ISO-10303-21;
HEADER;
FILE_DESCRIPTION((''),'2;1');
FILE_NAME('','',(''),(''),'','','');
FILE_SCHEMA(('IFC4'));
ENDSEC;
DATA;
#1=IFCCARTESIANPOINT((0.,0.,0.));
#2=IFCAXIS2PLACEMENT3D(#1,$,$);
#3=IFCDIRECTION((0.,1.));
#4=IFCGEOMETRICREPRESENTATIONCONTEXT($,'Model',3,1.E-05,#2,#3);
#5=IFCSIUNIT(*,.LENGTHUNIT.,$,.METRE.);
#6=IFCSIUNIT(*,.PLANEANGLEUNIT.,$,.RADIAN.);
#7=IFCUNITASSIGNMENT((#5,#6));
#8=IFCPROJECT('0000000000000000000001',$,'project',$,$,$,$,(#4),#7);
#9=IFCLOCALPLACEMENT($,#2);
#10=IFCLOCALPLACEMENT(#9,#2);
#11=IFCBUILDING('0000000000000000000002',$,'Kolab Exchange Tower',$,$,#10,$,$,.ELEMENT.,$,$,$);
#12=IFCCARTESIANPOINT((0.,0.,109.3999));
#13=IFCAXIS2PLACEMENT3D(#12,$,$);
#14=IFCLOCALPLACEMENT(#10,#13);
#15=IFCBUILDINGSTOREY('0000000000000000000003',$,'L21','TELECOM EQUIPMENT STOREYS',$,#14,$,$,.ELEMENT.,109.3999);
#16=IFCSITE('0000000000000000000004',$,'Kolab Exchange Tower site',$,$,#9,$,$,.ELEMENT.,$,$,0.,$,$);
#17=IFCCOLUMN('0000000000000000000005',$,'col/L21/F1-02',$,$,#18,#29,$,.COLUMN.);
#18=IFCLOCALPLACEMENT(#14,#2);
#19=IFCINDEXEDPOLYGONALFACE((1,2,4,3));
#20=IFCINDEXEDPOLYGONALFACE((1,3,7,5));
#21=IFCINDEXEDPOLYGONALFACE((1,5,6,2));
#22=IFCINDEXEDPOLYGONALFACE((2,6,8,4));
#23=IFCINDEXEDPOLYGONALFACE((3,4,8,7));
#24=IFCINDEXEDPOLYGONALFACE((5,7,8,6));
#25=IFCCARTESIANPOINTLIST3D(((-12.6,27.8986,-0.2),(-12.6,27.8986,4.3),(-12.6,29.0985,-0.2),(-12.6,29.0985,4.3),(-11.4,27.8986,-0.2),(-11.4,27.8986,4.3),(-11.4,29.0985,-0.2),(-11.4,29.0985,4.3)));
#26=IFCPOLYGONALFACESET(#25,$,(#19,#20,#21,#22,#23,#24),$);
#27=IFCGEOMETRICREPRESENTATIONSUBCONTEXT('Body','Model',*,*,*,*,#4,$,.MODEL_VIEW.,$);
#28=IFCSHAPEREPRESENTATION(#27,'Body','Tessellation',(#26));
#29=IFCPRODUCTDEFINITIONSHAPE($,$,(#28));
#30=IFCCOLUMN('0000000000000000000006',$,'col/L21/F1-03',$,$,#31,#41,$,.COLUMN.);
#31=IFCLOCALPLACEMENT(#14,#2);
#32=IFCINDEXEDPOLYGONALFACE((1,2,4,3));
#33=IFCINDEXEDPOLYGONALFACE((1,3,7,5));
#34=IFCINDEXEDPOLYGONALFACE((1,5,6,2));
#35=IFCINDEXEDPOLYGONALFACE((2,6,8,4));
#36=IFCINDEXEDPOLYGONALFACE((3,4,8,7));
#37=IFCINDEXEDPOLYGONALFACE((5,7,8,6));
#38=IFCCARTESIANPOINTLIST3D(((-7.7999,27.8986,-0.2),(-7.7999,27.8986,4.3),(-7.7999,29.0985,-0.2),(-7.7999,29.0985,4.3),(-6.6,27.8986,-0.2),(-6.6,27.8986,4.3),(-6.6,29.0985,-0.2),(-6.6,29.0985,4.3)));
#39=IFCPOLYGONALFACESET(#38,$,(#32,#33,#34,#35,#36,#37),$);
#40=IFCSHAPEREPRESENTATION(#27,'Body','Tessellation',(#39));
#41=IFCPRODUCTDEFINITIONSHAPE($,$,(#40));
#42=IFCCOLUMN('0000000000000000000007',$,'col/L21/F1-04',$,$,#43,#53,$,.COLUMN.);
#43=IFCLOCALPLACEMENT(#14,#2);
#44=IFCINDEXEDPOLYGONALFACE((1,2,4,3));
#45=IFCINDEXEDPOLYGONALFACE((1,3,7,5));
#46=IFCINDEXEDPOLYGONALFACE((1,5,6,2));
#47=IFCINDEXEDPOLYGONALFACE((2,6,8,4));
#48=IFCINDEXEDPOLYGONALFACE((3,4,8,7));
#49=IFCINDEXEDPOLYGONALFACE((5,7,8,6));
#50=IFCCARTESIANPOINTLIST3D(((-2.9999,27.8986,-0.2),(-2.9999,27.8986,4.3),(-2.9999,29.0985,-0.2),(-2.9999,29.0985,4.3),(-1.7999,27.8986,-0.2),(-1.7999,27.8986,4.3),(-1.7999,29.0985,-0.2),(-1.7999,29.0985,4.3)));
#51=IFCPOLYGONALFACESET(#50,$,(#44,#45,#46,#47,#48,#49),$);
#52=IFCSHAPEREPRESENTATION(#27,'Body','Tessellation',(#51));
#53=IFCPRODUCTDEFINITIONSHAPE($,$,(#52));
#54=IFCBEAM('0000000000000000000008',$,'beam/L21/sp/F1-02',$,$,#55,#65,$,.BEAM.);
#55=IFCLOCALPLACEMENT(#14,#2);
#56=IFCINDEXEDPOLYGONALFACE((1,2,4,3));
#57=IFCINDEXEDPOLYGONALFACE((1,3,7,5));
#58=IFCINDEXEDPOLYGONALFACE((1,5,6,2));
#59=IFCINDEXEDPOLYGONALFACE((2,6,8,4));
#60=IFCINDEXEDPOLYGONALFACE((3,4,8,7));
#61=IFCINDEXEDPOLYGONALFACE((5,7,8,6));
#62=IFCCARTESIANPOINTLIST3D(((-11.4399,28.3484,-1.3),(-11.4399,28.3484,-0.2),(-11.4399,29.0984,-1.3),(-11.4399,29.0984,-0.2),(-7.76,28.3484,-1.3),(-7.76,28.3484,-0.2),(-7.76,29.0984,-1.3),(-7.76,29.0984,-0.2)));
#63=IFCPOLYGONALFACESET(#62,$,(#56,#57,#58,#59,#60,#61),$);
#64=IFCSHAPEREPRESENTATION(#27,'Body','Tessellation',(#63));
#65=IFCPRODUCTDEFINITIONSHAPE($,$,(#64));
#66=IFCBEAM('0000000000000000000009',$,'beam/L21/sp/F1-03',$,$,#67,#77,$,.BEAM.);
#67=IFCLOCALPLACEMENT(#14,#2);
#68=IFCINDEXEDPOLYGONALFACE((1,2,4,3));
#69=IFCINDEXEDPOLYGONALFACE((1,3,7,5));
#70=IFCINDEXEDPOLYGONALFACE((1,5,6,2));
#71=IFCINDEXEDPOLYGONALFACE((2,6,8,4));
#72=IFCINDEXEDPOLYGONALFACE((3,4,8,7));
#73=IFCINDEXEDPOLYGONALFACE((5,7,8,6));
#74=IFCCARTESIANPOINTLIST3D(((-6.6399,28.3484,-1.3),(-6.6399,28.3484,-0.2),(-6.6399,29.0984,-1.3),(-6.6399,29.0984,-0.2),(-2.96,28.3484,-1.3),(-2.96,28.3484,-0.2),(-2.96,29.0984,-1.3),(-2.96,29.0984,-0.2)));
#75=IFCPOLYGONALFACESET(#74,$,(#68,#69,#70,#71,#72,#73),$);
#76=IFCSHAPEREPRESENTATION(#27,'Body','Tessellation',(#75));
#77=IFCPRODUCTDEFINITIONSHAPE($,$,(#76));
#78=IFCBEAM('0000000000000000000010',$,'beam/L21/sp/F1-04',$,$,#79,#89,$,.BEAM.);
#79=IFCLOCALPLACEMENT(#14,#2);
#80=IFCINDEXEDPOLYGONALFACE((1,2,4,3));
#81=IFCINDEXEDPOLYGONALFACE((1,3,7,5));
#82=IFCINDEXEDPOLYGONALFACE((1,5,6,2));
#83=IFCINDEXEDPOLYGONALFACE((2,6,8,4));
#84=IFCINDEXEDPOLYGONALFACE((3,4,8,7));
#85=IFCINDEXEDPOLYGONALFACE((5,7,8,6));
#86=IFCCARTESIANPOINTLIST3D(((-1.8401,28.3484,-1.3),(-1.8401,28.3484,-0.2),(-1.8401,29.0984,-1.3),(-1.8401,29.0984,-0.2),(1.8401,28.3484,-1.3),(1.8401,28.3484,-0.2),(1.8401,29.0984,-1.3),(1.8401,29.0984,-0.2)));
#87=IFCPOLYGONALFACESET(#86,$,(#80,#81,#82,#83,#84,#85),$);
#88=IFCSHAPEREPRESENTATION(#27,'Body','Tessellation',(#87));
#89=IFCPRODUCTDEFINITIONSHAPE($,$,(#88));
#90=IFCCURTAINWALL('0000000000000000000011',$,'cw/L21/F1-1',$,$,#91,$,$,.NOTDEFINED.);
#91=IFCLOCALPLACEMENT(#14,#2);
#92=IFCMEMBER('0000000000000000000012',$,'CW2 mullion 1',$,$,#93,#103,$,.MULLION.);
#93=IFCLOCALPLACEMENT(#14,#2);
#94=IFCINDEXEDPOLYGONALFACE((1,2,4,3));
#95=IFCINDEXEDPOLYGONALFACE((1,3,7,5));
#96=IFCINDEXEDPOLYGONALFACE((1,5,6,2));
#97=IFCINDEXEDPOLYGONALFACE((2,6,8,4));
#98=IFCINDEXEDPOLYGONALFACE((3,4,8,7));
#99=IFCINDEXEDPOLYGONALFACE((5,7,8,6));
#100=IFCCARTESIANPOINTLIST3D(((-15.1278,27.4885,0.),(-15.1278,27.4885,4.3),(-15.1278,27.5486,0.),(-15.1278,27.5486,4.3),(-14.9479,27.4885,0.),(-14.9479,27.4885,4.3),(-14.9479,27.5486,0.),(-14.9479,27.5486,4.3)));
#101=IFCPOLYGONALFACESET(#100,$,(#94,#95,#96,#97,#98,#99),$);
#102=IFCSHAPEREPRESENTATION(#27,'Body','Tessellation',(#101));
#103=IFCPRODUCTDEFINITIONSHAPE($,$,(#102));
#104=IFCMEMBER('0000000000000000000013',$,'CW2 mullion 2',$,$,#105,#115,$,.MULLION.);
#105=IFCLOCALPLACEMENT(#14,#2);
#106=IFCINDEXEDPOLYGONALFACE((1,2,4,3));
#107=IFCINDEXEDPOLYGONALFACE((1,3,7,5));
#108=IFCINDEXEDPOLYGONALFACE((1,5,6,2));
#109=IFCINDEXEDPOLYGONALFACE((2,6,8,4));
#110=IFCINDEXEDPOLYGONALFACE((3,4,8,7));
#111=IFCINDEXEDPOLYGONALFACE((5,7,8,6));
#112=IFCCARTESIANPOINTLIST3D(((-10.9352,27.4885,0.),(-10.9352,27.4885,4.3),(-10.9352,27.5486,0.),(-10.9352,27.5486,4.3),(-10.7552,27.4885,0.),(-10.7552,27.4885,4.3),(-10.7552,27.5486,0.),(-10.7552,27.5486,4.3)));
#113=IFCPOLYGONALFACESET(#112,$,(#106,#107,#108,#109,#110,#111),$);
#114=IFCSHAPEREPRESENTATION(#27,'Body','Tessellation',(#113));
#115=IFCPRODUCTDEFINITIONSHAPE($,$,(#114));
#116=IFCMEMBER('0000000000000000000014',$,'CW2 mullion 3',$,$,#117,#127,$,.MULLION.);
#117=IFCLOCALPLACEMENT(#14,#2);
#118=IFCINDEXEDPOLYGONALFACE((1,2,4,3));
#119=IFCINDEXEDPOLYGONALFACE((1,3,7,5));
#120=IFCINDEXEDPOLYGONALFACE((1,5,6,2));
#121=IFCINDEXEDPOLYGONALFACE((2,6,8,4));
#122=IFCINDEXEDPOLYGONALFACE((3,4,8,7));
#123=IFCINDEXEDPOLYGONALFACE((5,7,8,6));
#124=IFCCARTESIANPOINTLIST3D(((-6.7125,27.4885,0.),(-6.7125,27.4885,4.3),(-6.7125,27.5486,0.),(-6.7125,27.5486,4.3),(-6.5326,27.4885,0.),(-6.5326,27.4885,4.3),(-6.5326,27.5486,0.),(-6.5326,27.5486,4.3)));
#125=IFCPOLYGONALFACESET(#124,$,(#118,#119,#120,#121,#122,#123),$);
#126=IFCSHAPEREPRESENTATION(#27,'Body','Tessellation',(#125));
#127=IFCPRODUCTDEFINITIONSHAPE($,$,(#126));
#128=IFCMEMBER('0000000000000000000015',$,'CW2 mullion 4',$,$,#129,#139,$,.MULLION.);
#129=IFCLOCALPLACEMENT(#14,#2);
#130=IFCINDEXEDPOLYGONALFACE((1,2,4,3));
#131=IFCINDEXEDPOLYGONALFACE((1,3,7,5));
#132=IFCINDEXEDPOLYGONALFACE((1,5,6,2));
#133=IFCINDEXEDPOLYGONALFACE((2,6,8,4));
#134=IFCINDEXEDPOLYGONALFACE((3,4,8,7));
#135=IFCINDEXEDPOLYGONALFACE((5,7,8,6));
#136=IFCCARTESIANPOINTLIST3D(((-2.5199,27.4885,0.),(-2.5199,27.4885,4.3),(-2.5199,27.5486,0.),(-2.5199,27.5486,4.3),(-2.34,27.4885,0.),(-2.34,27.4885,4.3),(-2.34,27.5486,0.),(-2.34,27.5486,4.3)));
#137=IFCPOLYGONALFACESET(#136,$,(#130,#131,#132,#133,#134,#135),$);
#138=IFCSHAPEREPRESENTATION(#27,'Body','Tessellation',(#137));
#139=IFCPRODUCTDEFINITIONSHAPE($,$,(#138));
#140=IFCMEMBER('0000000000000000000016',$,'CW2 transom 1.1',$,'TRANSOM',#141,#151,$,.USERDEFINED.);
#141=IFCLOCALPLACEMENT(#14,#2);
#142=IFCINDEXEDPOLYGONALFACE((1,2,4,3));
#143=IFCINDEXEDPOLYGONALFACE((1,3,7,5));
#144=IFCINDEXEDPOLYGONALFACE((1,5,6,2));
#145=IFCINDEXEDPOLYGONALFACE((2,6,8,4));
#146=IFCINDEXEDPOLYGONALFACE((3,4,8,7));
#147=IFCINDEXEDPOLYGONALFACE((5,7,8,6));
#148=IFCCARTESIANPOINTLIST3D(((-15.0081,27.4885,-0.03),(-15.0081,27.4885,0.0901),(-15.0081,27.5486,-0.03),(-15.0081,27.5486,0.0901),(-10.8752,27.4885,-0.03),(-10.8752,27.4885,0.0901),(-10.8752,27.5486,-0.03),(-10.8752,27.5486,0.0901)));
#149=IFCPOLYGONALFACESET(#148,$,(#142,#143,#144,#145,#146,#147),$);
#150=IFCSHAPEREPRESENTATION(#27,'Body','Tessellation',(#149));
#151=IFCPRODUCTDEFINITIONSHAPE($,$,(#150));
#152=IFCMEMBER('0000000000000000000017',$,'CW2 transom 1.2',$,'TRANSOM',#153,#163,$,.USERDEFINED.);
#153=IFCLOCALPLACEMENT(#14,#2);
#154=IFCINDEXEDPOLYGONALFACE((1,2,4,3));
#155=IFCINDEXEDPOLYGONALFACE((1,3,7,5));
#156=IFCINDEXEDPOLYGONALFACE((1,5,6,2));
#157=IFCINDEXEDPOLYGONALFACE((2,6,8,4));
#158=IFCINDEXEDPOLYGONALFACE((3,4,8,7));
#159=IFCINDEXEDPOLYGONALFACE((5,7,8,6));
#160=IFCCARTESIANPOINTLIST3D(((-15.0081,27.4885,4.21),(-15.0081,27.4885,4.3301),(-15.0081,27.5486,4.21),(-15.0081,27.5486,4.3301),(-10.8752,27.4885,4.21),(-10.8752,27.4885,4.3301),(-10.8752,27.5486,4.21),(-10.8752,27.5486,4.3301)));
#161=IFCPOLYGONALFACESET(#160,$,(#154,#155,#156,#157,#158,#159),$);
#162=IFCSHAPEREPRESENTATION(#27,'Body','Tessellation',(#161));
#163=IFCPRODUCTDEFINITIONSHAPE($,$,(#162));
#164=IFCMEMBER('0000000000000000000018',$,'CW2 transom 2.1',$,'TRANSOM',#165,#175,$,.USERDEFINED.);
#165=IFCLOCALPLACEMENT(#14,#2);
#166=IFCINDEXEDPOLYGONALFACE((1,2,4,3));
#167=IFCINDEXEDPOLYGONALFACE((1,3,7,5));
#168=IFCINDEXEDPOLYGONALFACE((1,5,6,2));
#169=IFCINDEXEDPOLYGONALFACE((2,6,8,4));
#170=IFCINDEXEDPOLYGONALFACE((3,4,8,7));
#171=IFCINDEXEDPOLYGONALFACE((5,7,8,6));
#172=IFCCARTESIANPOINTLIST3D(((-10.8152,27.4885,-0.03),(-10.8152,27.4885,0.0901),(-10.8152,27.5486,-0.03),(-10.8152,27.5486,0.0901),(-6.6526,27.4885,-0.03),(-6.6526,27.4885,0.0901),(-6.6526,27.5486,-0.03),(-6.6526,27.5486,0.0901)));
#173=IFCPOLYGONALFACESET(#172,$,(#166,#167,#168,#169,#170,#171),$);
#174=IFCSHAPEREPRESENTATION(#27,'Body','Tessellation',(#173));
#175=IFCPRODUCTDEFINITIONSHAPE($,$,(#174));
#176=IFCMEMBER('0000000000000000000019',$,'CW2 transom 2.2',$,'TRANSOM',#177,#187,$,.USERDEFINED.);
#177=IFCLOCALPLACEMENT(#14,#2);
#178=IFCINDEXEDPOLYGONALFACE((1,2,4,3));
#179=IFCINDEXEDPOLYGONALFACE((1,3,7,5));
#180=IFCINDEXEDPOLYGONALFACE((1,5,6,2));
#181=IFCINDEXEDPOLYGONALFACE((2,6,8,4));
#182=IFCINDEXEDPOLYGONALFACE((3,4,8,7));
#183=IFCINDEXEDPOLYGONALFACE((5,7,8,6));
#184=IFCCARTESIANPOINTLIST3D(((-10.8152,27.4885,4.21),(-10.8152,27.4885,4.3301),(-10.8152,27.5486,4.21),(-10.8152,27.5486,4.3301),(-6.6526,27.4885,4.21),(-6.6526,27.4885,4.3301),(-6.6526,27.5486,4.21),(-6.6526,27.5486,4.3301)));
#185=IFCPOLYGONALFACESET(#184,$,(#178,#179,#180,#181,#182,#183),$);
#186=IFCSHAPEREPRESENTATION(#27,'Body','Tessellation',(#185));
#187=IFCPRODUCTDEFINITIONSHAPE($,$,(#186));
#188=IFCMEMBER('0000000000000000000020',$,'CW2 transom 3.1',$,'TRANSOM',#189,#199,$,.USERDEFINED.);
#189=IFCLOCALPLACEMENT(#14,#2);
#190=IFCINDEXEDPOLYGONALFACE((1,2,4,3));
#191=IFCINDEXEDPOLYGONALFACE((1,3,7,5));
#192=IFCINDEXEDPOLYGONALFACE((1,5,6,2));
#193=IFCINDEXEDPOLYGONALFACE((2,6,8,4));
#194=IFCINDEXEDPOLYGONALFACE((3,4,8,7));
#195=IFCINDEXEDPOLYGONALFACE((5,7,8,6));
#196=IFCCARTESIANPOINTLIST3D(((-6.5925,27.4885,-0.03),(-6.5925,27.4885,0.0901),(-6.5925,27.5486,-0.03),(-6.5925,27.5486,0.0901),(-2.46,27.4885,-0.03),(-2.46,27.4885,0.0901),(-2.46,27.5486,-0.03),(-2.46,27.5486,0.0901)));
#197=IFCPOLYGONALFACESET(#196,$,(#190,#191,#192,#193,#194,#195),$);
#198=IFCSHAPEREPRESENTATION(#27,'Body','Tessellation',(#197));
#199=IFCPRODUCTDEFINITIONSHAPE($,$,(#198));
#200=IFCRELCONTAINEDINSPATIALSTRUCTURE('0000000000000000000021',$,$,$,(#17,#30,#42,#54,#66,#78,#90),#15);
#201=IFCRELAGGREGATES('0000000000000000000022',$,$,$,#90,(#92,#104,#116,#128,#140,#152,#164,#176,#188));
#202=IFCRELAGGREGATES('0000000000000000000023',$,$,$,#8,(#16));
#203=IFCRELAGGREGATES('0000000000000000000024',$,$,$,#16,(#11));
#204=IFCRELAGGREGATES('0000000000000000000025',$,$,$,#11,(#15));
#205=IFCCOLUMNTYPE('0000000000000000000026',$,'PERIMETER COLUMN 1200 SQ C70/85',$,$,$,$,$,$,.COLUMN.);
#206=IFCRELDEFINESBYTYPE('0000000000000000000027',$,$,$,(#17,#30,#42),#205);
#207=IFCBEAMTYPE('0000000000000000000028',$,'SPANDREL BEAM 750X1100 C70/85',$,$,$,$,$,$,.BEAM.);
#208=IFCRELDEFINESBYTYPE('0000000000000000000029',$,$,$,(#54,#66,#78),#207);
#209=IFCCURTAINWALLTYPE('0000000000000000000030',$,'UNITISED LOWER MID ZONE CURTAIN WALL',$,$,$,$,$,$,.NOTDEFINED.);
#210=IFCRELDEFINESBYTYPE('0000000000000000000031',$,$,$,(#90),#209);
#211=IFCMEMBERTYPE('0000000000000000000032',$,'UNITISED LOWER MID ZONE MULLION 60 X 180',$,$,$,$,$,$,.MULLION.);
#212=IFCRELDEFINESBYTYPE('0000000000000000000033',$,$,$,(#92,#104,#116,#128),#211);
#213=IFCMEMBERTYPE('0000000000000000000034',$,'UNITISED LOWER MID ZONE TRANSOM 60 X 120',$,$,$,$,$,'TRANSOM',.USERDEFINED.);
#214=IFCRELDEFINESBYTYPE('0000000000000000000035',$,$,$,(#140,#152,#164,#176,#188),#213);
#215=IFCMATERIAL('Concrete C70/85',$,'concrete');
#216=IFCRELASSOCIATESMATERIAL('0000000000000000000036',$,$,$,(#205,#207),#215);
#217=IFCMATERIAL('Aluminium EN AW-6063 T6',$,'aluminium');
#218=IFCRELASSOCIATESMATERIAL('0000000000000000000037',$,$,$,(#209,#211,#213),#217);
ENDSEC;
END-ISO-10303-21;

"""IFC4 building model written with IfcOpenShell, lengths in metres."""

from ifc_helpers import new_model, si_unit, direction, frame, origin, origin_2d, place, context, subcontext, project, spatial, rectangle, extrude, material, material_profile, profile_set, type_object, element, aggregate, save


model = new_model("IFC4")

# Units and contexts
model_context = context("Model", 3, precision=1e-05, world=origin(), true_north=direction((0.0, 1.0)))
body_context = subcontext(model_context, "Body", "Model", "MODEL_VIEW")
ifc_project = project(units=[si_unit("LENGTHUNIT", "METRE"), si_unit("PLANEANGLEUNIT", "RADIAN")], contexts=[model_context])

# Site, building, storey
site_placement = place(None, origin())
site = spatial("IfcSite", under=ifc_project, at=site_placement, Name="Kolab Exchange Tower site", CompositionType="ELEMENT", RefElevation=0.0)
building_placement = place(site_placement, origin())
building = spatial("IfcBuilding", under=site, at=building_placement, Name="Kolab Exchange Tower", CompositionType="ELEMENT")
storey_placement = place(building_placement, frame((0.0, 0.0, 109.3999)))
storey = spatial("IfcBuildingStorey", under=building, at=storey_placement, Name="L21", Description="TELECOM EQUIPMENT STOREYS", CompositionType="ELEMENT", Elevation=109.3999)

# Columns
ifc_material_1 = material(Name="Concrete C70/85", Category="concrete")
ifc_material_profile_1 = material_profile(ifc_material_1, rectangle(XDim=1.2, YDim=1.2, at=origin_2d()), Name="RC1200")
ifc_profile_set_1 = profile_set([ifc_material_profile_1], Name="Concrete C70/85")
column_type = type_object("IfcColumnType", Name="PERIMETER COLUMN 1200 SQ C70/85", PredefinedType="COLUMN", material=ifc_profile_set_1)
for number, where, z_axis, x_axis, name in (
    (1, (-12.0, 28.4985, -0.2), (0.0, 0.0, 1.0), (1.0, 0.0, 0.0), "col/L21/F1-02"),
    (2, (-7.2, 28.4985, -0.2), (0.0, 0.0, 1.0), (1.0, 0.0, 0.0), "col/L21/F1-03"),
    (3, (-2.3999, 28.4985, -0.2), (0.0, 0.0, 1.0), (1.0, 0.0, 0.0), "col/L21/F1-04"),
):
    element("IfcColumn", number, at=place(storey_placement, frame(where, z_axis=z_axis, x_axis=x_axis)), inside=storey, type_object=column_type, Name=name, PredefinedType="COLUMN", context=body_context, shape_type="SweptSolid", body=[
        extrude(rectangle(XDim=1.2, YDim=1.2, at=origin_2d()), origin(), (0.0, 0.0, 1.0), 4.5),
    ])

# Beams
ifc_material_profile_2 = material_profile(ifc_material_1, rectangle(XDim=0.75, YDim=1.1001, at=origin_2d()), Name="RC750X1100")
ifc_profile_set_2 = profile_set([ifc_material_profile_2], Name="Concrete C70/85")
beam_type = type_object("IfcBeamType", Name="SPANDREL BEAM 750X1100 C70/85", PredefinedType="BEAM", material=ifc_profile_set_2)
for number, where, z_axis, x_axis, name in (
    (4, (-11.4399, 28.7234, -0.75), (1.0, 0.0, 0.0), (0.0, 1.0, 0.0), "beam/L21/sp/F1-02"),
    (5, (-6.6399, 28.7234, -0.75), (1.0, 0.0, 0.0), (0.0, 1.0, 0.0), "beam/L21/sp/F1-03"),
):
    element("IfcBeam", number, at=place(storey_placement, frame(where, z_axis=z_axis, x_axis=x_axis)), inside=storey, type_object=beam_type, Name=name, PredefinedType="BEAM", context=body_context, shape_type="SweptSolid", body=[
        extrude(rectangle(XDim=0.75, YDim=1.1001, at=origin_2d()), origin(), (0.0, 0.0, 1.0), 3.6799),
    ])
beam_placement = place(storey_placement, frame((-1.8401, 28.7234, -0.75), z_axis=(1.0, 0.0, 0.0), x_axis=(0.0, 1.0, 0.0)))
element("IfcBeam", 6, at=beam_placement, inside=storey, type_object=beam_type, Name="beam/L21/sp/F1-04", PredefinedType="BEAM", context=body_context, shape_type="SweptSolid", body=[
    extrude(rectangle(XDim=0.75, YDim=1.1001, at=origin_2d()), origin(), (0.0, 0.0, 1.0), 3.6802),
])

# Curtain wall, members
ifc_material_2 = material(Name="Aluminium EN AW-6063 T6", Category="aluminium")
curtain_wall_type = type_object("IfcCurtainWallType", Name="UNITISED LOWER MID ZONE CURTAIN WALL", PredefinedType="NOTDEFINED", material=ifc_material_2)
curtain_wall_placement = place(storey_placement, origin())
curtain_wall = element("IfcCurtainWall", 7, at=curtain_wall_placement, inside=storey, type_object=curtain_wall_type, Name="cw/L21/F1-1", PredefinedType="NOTDEFINED")
ifc_material_profile_3 = material_profile(ifc_material_2, rectangle(XDim=0.0601, YDim=0.1799, at=origin_2d()), Name="RECT 60X180")
ifc_profile_set_3 = profile_set([ifc_material_profile_3], Name="Aluminium EN AW-6063 T6")
member_type_1 = type_object("IfcMemberType", Name="UNITISED LOWER MID ZONE MULLION 60 X 180", PredefinedType="MULLION", material=ifc_profile_set_3)
member_1_placement = place(storey_placement, frame((-15.0378, 27.5186, 0.0), z_axis=(0.0, 0.0, 1.0), x_axis=(0.0, 1.0, 0.0)))
member_1 = element("IfcMember", 8, at=member_1_placement, type_object=member_type_1, Name="CW2 mullion 1", PredefinedType="MULLION", context=body_context, shape_type="SweptSolid", body=[
    extrude(rectangle(XDim=0.0601, YDim=0.1799, at=origin_2d()), origin(), (0.0, 0.0, 1.0), 4.3),
])
member_2_placement = place(storey_placement, frame((-10.8452, 27.5186, 0.0), z_axis=(0.0, 0.0, 1.0), x_axis=(0.0, 1.0, 0.0)))
member_2 = element("IfcMember", 9, at=member_2_placement, type_object=member_type_1, Name="CW2 mullion 2", PredefinedType="MULLION", context=body_context, shape_type="SweptSolid", body=[
    extrude(rectangle(XDim=0.0601, YDim=0.1799, at=origin_2d()), origin(), (0.0, 0.0, 1.0), 4.3),
])
member_3_placement = place(storey_placement, frame((-6.6226, 27.5186, 0.0), z_axis=(0.0, 0.0, 1.0), x_axis=(0.0, 1.0, 0.0)))
member_3 = element("IfcMember", 10, at=member_3_placement, type_object=member_type_1, Name="CW2 mullion 3", PredefinedType="MULLION", context=body_context, shape_type="SweptSolid", body=[
    extrude(rectangle(XDim=0.0601, YDim=0.1799, at=origin_2d()), origin(), (0.0, 0.0, 1.0), 4.3),
])
member_4_placement = place(storey_placement, frame((-2.4299, 27.5186, 0.0), z_axis=(0.0, 0.0, 1.0), x_axis=(0.0, 1.0, 0.0)))
member_4 = element("IfcMember", 11, at=member_4_placement, type_object=member_type_1, Name="CW2 mullion 4", PredefinedType="MULLION", context=body_context, shape_type="SweptSolid", body=[
    extrude(rectangle(XDim=0.0601, YDim=0.1799, at=origin_2d()), origin(), (0.0, 0.0, 1.0), 4.3),
])
ifc_material_profile_4 = material_profile(ifc_material_2, rectangle(XDim=0.0601, YDim=0.1201, at=origin_2d()), Name="RECT 60X120")
ifc_profile_set_4 = profile_set([ifc_material_profile_4], Name="Aluminium EN AW-6063 T6")
member_type_2 = type_object("IfcMemberType", Name="UNITISED LOWER MID ZONE TRANSOM 60 X 120", ElementType="TRANSOM", PredefinedType="USERDEFINED", material=ifc_profile_set_4)
member_5_placement = place(storey_placement, frame((-15.0081, 27.5186, 0.03), z_axis=(1.0, 0.0, 0.0), x_axis=(0.0, 1.0, 0.0)))
member_5 = element("IfcMember", 12, at=member_5_placement, type_object=member_type_2, Name="CW2 transom 1.1", ObjectType="TRANSOM", PredefinedType="USERDEFINED", context=body_context, shape_type="SweptSolid", body=[
    extrude(rectangle(XDim=0.0601, YDim=0.1201, at=origin_2d()), origin(), (0.0, 0.0, 1.0), 4.1328),
])
member_6_placement = place(storey_placement, frame((-15.0081, 27.5186, 4.27), z_axis=(1.0, 0.0, 0.0), x_axis=(0.0, 1.0, 0.0)))
member_6 = element("IfcMember", 13, at=member_6_placement, type_object=member_type_2, Name="CW2 transom 1.2", ObjectType="TRANSOM", PredefinedType="USERDEFINED", context=body_context, shape_type="SweptSolid", body=[
    extrude(rectangle(XDim=0.0601, YDim=0.1201, at=origin_2d()), origin(), (0.0, 0.0, 1.0), 4.1328),
])
member_7_placement = place(storey_placement, frame((-10.8152, 27.5186, 0.03), z_axis=(1.0, 0.0, 0.0), x_axis=(0.0, 1.0, 0.0)))
member_7 = element("IfcMember", 14, at=member_7_placement, type_object=member_type_2, Name="CW2 transom 2.1", ObjectType="TRANSOM", PredefinedType="USERDEFINED", context=body_context, shape_type="SweptSolid", body=[
    extrude(rectangle(XDim=0.0601, YDim=0.1201, at=origin_2d()), origin(), (0.0, 0.0, 1.0), 4.1626),
])
member_8_placement = place(storey_placement, frame((-10.8152, 27.5186, 4.27), z_axis=(1.0, 0.0, 0.0), x_axis=(0.0, 1.0, 0.0)))
member_8 = element("IfcMember", 15, at=member_8_placement, type_object=member_type_2, Name="CW2 transom 2.2", ObjectType="TRANSOM", PredefinedType="USERDEFINED", context=body_context, shape_type="SweptSolid", body=[
    extrude(rectangle(XDim=0.0601, YDim=0.1201, at=origin_2d()), origin(), (0.0, 0.0, 1.0), 4.1626),
])
member_9_placement = place(storey_placement, frame((-6.5925, 27.5186, 0.03), z_axis=(1.0, 0.0, 0.0), x_axis=(0.0, 1.0, 0.0)))
member_9 = element("IfcMember", 16, at=member_9_placement, type_object=member_type_2, Name="CW2 transom 3.1", ObjectType="TRANSOM", PredefinedType="USERDEFINED", context=body_context, shape_type="SweptSolid", body=[
    extrude(rectangle(XDim=0.0601, YDim=0.1201, at=origin_2d()), origin(), (0.0, 0.0, 1.0), 4.1326),
])
aggregate(curtain_wall, [member_1, member_2, member_3, member_4, member_5, member_6, member_7, member_8, member_9])

save(model, "model.ifc")
